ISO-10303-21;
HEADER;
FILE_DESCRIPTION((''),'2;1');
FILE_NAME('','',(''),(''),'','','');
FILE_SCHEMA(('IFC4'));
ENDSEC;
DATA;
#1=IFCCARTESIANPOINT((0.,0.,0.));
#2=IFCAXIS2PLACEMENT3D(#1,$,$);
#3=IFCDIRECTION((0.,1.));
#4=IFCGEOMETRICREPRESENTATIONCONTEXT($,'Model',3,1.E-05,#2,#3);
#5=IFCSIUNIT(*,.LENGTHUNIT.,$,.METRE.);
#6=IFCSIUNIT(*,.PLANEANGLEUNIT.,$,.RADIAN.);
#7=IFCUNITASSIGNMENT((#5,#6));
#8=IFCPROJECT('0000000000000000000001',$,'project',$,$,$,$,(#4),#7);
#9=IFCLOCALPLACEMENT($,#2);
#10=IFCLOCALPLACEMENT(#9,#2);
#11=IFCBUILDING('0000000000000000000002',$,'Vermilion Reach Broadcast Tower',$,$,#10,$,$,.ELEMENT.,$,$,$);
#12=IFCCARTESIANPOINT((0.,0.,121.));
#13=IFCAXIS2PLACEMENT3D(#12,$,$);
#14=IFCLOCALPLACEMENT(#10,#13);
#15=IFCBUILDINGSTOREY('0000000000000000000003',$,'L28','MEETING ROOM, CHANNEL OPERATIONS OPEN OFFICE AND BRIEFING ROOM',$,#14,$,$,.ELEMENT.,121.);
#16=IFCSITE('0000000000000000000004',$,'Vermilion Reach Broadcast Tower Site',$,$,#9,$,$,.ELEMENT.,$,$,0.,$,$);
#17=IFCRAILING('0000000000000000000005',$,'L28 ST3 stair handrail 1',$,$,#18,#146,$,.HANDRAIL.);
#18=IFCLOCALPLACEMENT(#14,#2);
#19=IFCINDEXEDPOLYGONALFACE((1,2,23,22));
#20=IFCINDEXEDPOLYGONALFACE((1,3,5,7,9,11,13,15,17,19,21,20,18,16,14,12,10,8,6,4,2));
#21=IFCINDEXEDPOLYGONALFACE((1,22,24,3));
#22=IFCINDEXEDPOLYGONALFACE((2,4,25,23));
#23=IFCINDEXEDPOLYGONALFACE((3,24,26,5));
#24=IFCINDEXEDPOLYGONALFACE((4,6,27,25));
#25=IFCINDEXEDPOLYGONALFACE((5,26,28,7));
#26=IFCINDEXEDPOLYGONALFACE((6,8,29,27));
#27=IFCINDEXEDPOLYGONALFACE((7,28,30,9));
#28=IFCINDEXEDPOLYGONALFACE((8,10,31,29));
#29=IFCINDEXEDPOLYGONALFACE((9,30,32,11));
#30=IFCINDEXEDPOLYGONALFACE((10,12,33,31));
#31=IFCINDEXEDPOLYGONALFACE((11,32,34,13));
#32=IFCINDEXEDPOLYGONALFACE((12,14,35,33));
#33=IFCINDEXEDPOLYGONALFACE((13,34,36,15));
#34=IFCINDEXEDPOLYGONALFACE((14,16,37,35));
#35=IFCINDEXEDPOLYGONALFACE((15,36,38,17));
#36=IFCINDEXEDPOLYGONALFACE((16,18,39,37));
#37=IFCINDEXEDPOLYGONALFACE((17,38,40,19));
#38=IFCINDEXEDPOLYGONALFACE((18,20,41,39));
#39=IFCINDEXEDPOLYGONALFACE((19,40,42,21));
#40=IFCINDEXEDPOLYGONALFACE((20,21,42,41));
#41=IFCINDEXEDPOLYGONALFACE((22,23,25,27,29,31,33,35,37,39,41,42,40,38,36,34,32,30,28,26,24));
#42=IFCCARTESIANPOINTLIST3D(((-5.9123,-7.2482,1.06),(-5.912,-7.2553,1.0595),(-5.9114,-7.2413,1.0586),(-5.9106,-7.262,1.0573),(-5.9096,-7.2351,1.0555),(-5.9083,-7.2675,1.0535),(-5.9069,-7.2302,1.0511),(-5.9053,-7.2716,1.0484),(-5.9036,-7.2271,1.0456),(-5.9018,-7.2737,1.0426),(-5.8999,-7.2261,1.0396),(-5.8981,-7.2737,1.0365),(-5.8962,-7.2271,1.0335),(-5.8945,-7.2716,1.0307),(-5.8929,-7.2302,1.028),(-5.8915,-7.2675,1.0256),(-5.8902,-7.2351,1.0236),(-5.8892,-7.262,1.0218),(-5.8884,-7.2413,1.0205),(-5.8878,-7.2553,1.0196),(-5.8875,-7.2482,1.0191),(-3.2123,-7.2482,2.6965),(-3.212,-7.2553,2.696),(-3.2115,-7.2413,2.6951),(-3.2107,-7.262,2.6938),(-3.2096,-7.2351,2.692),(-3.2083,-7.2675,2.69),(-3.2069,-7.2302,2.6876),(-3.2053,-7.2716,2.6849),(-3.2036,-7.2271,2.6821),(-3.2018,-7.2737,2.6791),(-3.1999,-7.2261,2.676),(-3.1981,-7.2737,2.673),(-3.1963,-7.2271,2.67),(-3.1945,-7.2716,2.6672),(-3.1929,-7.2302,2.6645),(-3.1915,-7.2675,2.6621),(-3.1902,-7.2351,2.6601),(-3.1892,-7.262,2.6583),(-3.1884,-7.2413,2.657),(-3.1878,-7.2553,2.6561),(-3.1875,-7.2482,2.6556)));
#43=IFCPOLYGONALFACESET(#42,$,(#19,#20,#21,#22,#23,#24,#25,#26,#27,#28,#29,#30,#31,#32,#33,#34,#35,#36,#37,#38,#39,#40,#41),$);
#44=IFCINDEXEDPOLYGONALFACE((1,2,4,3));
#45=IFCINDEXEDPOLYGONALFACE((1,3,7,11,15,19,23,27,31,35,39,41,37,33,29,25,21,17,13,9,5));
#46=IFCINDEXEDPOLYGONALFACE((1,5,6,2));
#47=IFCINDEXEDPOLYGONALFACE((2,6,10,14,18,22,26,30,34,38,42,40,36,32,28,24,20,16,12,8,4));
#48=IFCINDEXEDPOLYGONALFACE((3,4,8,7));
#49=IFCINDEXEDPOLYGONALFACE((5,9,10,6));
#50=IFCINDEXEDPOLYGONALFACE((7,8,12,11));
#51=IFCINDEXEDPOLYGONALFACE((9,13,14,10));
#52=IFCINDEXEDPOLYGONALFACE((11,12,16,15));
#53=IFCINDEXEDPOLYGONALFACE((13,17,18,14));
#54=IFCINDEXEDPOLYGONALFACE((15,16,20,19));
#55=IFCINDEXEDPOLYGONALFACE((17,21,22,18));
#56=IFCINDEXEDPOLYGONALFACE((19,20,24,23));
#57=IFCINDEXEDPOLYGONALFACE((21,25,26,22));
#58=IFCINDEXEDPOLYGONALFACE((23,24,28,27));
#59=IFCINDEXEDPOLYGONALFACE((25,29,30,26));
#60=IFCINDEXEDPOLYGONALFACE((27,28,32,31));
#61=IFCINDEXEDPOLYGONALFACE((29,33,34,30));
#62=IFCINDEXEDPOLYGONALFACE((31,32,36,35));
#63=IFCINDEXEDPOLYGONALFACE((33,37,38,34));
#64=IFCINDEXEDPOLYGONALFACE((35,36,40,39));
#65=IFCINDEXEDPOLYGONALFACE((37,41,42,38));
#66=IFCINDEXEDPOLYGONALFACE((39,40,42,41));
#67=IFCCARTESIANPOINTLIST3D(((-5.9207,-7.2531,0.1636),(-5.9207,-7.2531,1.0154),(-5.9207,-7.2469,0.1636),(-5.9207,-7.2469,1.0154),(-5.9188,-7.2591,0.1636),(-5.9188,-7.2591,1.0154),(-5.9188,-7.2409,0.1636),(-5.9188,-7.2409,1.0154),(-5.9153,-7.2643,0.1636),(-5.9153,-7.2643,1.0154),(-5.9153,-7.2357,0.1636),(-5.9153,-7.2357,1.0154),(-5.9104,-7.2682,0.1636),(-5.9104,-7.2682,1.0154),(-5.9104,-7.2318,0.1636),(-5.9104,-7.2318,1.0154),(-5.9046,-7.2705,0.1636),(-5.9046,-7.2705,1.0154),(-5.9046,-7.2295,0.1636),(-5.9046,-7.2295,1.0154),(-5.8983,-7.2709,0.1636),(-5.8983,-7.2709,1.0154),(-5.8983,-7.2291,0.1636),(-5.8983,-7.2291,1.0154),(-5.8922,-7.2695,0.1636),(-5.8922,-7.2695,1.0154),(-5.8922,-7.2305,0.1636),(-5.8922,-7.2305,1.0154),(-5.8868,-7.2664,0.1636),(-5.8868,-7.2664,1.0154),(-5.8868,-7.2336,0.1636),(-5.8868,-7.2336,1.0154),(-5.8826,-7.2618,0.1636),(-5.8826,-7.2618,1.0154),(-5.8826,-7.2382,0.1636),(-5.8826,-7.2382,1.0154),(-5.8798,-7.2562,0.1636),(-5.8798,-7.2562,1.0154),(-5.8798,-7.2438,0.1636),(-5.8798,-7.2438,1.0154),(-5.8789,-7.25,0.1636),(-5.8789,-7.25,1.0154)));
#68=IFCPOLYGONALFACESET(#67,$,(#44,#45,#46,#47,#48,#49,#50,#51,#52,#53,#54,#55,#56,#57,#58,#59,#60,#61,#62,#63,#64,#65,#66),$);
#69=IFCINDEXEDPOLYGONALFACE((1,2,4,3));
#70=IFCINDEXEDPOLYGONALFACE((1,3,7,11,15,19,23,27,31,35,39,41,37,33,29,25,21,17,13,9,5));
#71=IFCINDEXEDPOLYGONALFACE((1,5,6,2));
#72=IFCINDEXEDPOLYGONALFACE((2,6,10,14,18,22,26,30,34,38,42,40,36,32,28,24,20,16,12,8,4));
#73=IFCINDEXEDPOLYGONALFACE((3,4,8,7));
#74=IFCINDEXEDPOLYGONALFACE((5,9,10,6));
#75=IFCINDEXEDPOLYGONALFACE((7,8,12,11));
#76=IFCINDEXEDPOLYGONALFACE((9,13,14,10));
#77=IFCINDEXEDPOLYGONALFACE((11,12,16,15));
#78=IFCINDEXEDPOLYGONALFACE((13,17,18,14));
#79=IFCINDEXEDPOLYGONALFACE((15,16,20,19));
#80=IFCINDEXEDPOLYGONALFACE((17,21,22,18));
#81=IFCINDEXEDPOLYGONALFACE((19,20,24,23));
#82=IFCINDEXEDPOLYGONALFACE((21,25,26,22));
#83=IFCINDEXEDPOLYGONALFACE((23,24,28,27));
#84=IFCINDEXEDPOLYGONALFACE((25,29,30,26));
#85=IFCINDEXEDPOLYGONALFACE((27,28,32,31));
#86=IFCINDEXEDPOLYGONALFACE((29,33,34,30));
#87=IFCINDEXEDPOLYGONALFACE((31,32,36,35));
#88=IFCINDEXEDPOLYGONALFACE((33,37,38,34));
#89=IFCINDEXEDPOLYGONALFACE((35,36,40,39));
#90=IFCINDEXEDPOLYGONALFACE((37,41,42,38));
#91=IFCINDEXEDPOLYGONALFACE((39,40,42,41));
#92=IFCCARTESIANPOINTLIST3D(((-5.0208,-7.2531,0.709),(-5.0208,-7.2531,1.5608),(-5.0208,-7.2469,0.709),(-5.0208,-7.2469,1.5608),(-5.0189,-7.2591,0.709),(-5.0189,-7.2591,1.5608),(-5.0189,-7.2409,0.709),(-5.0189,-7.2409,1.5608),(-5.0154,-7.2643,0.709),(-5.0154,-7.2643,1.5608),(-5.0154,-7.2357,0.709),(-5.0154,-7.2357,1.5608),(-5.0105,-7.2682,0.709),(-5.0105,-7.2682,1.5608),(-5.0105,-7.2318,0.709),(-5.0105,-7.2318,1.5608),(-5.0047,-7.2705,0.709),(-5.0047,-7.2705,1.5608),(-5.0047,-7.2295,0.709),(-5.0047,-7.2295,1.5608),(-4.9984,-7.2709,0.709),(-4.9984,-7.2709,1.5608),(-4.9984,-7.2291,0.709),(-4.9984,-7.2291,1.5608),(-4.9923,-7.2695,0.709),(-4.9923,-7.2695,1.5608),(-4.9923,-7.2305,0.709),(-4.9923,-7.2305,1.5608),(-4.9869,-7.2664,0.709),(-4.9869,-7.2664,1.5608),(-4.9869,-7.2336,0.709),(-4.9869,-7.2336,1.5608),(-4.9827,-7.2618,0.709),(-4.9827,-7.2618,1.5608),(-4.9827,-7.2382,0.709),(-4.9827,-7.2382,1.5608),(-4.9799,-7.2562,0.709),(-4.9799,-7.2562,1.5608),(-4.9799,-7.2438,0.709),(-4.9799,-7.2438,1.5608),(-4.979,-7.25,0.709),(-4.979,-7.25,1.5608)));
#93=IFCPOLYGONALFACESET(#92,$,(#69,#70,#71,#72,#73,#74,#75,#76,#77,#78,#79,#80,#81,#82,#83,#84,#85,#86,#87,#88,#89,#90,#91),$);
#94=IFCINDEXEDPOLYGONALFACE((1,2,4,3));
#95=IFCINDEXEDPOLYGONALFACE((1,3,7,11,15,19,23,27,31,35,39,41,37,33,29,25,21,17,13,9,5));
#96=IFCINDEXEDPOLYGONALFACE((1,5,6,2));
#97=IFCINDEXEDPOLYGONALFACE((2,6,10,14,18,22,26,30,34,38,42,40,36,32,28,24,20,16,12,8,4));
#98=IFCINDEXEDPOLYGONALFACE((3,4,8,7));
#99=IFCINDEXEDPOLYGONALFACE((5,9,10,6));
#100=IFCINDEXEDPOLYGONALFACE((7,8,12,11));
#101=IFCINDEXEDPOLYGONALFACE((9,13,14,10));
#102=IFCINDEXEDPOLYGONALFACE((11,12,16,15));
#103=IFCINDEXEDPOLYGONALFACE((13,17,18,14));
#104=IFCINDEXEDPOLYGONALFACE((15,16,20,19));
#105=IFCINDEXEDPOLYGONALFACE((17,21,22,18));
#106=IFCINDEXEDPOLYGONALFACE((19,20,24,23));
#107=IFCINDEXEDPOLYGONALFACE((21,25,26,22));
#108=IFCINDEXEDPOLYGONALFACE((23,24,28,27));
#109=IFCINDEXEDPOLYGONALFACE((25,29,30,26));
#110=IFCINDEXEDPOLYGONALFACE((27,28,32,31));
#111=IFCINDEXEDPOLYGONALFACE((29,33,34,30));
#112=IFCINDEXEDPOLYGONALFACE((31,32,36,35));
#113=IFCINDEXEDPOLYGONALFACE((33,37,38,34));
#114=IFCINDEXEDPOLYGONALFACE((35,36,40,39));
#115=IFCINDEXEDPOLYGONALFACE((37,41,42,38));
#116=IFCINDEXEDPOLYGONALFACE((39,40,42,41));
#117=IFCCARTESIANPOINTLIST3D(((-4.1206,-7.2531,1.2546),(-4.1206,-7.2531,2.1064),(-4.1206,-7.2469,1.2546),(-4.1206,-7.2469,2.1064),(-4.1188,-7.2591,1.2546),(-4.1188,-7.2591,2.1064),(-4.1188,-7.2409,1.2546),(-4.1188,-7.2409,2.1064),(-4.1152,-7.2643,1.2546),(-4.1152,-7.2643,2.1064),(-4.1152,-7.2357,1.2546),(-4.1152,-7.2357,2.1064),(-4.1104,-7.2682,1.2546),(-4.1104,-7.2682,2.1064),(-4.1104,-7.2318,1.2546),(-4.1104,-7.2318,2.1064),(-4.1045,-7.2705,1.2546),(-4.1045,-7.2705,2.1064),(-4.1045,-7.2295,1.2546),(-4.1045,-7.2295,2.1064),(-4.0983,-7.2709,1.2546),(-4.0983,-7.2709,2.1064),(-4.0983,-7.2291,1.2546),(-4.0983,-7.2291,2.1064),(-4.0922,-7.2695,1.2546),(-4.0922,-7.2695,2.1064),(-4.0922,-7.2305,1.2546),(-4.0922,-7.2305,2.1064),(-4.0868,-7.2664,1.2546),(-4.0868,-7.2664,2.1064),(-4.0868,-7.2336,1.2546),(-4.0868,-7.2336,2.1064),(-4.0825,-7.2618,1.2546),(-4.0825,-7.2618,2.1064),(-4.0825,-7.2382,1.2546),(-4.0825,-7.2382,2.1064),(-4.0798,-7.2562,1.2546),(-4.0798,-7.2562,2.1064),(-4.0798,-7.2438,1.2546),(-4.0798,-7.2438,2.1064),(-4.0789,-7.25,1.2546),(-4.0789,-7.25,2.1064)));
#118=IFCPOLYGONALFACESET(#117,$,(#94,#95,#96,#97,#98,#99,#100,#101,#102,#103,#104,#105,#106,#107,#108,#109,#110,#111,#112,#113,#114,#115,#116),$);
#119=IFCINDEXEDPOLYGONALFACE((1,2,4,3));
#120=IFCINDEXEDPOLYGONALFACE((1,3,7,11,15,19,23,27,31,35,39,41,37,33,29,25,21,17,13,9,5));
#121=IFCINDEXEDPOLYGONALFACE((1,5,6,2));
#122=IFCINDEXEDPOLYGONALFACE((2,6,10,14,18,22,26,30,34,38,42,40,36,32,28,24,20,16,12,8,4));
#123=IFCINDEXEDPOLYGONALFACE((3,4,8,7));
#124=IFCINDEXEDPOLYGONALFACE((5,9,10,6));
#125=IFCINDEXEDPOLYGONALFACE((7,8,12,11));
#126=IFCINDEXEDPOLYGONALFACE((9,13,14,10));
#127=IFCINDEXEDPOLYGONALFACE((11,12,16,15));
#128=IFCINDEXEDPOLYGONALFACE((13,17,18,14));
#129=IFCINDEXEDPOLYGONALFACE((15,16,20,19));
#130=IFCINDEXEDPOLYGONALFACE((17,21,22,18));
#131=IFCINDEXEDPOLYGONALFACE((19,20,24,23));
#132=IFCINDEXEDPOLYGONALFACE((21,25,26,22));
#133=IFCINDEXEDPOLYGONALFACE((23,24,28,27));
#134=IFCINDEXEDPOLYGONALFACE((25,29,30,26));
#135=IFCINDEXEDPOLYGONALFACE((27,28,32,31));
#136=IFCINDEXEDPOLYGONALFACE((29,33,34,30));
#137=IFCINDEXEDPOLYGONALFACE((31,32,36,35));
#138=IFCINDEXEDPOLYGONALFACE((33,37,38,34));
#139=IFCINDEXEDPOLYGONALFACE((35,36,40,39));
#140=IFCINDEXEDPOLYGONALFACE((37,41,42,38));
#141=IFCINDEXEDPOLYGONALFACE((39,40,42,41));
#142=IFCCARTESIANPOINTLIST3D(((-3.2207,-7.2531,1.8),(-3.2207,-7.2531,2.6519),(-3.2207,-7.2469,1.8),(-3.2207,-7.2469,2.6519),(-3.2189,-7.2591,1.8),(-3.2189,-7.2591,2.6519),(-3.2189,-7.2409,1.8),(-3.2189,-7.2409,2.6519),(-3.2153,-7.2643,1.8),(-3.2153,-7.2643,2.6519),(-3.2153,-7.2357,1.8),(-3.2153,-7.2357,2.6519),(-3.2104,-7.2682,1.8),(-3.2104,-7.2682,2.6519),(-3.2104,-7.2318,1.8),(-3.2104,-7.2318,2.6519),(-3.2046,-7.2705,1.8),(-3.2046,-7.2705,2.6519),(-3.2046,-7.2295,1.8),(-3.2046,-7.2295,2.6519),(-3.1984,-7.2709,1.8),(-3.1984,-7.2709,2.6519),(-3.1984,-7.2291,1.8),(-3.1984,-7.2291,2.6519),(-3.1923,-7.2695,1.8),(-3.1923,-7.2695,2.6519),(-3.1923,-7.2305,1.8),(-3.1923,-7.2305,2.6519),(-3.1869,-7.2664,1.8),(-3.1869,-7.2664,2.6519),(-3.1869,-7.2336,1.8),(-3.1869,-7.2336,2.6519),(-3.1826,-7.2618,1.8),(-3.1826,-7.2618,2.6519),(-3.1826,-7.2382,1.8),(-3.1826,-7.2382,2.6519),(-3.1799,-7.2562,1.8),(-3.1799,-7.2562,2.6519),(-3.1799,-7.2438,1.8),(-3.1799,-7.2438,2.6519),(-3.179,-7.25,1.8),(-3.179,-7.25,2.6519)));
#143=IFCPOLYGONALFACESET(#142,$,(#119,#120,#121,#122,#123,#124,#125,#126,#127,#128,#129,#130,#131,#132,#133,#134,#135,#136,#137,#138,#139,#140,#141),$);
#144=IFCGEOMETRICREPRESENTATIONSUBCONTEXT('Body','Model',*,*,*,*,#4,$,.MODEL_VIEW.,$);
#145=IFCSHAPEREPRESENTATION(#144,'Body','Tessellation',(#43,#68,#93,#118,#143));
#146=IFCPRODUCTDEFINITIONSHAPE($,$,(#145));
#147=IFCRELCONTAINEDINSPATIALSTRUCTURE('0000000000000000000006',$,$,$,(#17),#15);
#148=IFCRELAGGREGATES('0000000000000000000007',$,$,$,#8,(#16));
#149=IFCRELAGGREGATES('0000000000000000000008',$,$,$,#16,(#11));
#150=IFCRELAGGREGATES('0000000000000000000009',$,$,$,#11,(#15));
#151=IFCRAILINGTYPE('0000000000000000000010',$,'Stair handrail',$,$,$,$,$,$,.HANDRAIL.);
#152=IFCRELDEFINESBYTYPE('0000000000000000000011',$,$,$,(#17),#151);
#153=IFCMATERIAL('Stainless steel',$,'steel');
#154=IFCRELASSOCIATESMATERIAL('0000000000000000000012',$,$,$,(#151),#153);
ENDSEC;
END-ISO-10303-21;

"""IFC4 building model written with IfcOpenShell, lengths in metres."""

from ifc_helpers import new_model, si_unit, direction, frame, origin, origin_2d, place, context, subcontext, project, spatial, circle, extrude, material, type_object, element, save


model = new_model("IFC4")

# Units and contexts
model_context = context("Model", 3, precision=1e-05, world=origin(), true_north=direction((0.0, 1.0)))
body_context = subcontext(model_context, "Body", "Model", "MODEL_VIEW")
ifc_project = project(units=[si_unit("LENGTHUNIT", "METRE"), si_unit("PLANEANGLEUNIT", "RADIAN")], contexts=[model_context])

# Site, building, storey
site_placement = place(None, origin())
site = spatial("IfcSite", under=ifc_project, at=site_placement, Name="Vermilion Reach Broadcast Tower Site", CompositionType="ELEMENT", RefElevation=0.0)
building_placement = place(site_placement, origin())
building = spatial("IfcBuilding", under=site, at=building_placement, Name="Vermilion Reach Broadcast Tower", CompositionType="ELEMENT")
storey_placement = place(building_placement, frame((0.0, 0.0, 121.0)))
storey = spatial("IfcBuildingStorey", under=building, at=storey_placement, Name="L28", Description="MEETING ROOM, CHANNEL OPERATIONS OPEN OFFICE AND BRIEFING ROOM", CompositionType="ELEMENT", Elevation=121.0)

# Railing
ifc_material_1 = material(Name="Stainless steel", Category="steel")
railing_type_1 = type_object("IfcRailingType", Name="Stair handrail", PredefinedType="HANDRAIL", material=ifc_material_1)
railing_1_placement = place(storey_placement, frame((-5.8999, -7.25, 0.1636)))
element("IfcRailing", 1, at=railing_1_placement, inside=storey, type_object=railing_type_1, Name="L28 ST3 stair handrail 1", PredefinedType="HANDRAIL", context=body_context, shape_type="SweptSolid", body=[
    extrude(circle(Radius=0.0239, at=origin_2d()), frame((0.0, 0.0, 0.876), z_axis=(0.855178, 0.0, 0.518334), x_axis=(0.0, 1.0, 0.0)), (0.0, 0.0, 1.0), 3.1572),
    extrude(circle(Radius=0.021, at=origin_2d()), origin(), (0.0, 0.0, 1.0), 0.8518),
    extrude(circle(Radius=0.021, at=origin_2d()), frame((0.8999, 0.0, 0.5454)), (0.0, 0.0, 1.0), 0.8518),
    extrude(circle(Radius=0.021, at=origin_2d()), frame((1.8, 0.0, 1.0911)), (0.0, 0.0, 1.0), 0.8518),
    extrude(circle(Radius=0.021, at=origin_2d()), frame((2.7, 0.0, 1.6365)), (0.0, 0.0, 1.0), 0.8518),
])

save(model, "model.ifc")
